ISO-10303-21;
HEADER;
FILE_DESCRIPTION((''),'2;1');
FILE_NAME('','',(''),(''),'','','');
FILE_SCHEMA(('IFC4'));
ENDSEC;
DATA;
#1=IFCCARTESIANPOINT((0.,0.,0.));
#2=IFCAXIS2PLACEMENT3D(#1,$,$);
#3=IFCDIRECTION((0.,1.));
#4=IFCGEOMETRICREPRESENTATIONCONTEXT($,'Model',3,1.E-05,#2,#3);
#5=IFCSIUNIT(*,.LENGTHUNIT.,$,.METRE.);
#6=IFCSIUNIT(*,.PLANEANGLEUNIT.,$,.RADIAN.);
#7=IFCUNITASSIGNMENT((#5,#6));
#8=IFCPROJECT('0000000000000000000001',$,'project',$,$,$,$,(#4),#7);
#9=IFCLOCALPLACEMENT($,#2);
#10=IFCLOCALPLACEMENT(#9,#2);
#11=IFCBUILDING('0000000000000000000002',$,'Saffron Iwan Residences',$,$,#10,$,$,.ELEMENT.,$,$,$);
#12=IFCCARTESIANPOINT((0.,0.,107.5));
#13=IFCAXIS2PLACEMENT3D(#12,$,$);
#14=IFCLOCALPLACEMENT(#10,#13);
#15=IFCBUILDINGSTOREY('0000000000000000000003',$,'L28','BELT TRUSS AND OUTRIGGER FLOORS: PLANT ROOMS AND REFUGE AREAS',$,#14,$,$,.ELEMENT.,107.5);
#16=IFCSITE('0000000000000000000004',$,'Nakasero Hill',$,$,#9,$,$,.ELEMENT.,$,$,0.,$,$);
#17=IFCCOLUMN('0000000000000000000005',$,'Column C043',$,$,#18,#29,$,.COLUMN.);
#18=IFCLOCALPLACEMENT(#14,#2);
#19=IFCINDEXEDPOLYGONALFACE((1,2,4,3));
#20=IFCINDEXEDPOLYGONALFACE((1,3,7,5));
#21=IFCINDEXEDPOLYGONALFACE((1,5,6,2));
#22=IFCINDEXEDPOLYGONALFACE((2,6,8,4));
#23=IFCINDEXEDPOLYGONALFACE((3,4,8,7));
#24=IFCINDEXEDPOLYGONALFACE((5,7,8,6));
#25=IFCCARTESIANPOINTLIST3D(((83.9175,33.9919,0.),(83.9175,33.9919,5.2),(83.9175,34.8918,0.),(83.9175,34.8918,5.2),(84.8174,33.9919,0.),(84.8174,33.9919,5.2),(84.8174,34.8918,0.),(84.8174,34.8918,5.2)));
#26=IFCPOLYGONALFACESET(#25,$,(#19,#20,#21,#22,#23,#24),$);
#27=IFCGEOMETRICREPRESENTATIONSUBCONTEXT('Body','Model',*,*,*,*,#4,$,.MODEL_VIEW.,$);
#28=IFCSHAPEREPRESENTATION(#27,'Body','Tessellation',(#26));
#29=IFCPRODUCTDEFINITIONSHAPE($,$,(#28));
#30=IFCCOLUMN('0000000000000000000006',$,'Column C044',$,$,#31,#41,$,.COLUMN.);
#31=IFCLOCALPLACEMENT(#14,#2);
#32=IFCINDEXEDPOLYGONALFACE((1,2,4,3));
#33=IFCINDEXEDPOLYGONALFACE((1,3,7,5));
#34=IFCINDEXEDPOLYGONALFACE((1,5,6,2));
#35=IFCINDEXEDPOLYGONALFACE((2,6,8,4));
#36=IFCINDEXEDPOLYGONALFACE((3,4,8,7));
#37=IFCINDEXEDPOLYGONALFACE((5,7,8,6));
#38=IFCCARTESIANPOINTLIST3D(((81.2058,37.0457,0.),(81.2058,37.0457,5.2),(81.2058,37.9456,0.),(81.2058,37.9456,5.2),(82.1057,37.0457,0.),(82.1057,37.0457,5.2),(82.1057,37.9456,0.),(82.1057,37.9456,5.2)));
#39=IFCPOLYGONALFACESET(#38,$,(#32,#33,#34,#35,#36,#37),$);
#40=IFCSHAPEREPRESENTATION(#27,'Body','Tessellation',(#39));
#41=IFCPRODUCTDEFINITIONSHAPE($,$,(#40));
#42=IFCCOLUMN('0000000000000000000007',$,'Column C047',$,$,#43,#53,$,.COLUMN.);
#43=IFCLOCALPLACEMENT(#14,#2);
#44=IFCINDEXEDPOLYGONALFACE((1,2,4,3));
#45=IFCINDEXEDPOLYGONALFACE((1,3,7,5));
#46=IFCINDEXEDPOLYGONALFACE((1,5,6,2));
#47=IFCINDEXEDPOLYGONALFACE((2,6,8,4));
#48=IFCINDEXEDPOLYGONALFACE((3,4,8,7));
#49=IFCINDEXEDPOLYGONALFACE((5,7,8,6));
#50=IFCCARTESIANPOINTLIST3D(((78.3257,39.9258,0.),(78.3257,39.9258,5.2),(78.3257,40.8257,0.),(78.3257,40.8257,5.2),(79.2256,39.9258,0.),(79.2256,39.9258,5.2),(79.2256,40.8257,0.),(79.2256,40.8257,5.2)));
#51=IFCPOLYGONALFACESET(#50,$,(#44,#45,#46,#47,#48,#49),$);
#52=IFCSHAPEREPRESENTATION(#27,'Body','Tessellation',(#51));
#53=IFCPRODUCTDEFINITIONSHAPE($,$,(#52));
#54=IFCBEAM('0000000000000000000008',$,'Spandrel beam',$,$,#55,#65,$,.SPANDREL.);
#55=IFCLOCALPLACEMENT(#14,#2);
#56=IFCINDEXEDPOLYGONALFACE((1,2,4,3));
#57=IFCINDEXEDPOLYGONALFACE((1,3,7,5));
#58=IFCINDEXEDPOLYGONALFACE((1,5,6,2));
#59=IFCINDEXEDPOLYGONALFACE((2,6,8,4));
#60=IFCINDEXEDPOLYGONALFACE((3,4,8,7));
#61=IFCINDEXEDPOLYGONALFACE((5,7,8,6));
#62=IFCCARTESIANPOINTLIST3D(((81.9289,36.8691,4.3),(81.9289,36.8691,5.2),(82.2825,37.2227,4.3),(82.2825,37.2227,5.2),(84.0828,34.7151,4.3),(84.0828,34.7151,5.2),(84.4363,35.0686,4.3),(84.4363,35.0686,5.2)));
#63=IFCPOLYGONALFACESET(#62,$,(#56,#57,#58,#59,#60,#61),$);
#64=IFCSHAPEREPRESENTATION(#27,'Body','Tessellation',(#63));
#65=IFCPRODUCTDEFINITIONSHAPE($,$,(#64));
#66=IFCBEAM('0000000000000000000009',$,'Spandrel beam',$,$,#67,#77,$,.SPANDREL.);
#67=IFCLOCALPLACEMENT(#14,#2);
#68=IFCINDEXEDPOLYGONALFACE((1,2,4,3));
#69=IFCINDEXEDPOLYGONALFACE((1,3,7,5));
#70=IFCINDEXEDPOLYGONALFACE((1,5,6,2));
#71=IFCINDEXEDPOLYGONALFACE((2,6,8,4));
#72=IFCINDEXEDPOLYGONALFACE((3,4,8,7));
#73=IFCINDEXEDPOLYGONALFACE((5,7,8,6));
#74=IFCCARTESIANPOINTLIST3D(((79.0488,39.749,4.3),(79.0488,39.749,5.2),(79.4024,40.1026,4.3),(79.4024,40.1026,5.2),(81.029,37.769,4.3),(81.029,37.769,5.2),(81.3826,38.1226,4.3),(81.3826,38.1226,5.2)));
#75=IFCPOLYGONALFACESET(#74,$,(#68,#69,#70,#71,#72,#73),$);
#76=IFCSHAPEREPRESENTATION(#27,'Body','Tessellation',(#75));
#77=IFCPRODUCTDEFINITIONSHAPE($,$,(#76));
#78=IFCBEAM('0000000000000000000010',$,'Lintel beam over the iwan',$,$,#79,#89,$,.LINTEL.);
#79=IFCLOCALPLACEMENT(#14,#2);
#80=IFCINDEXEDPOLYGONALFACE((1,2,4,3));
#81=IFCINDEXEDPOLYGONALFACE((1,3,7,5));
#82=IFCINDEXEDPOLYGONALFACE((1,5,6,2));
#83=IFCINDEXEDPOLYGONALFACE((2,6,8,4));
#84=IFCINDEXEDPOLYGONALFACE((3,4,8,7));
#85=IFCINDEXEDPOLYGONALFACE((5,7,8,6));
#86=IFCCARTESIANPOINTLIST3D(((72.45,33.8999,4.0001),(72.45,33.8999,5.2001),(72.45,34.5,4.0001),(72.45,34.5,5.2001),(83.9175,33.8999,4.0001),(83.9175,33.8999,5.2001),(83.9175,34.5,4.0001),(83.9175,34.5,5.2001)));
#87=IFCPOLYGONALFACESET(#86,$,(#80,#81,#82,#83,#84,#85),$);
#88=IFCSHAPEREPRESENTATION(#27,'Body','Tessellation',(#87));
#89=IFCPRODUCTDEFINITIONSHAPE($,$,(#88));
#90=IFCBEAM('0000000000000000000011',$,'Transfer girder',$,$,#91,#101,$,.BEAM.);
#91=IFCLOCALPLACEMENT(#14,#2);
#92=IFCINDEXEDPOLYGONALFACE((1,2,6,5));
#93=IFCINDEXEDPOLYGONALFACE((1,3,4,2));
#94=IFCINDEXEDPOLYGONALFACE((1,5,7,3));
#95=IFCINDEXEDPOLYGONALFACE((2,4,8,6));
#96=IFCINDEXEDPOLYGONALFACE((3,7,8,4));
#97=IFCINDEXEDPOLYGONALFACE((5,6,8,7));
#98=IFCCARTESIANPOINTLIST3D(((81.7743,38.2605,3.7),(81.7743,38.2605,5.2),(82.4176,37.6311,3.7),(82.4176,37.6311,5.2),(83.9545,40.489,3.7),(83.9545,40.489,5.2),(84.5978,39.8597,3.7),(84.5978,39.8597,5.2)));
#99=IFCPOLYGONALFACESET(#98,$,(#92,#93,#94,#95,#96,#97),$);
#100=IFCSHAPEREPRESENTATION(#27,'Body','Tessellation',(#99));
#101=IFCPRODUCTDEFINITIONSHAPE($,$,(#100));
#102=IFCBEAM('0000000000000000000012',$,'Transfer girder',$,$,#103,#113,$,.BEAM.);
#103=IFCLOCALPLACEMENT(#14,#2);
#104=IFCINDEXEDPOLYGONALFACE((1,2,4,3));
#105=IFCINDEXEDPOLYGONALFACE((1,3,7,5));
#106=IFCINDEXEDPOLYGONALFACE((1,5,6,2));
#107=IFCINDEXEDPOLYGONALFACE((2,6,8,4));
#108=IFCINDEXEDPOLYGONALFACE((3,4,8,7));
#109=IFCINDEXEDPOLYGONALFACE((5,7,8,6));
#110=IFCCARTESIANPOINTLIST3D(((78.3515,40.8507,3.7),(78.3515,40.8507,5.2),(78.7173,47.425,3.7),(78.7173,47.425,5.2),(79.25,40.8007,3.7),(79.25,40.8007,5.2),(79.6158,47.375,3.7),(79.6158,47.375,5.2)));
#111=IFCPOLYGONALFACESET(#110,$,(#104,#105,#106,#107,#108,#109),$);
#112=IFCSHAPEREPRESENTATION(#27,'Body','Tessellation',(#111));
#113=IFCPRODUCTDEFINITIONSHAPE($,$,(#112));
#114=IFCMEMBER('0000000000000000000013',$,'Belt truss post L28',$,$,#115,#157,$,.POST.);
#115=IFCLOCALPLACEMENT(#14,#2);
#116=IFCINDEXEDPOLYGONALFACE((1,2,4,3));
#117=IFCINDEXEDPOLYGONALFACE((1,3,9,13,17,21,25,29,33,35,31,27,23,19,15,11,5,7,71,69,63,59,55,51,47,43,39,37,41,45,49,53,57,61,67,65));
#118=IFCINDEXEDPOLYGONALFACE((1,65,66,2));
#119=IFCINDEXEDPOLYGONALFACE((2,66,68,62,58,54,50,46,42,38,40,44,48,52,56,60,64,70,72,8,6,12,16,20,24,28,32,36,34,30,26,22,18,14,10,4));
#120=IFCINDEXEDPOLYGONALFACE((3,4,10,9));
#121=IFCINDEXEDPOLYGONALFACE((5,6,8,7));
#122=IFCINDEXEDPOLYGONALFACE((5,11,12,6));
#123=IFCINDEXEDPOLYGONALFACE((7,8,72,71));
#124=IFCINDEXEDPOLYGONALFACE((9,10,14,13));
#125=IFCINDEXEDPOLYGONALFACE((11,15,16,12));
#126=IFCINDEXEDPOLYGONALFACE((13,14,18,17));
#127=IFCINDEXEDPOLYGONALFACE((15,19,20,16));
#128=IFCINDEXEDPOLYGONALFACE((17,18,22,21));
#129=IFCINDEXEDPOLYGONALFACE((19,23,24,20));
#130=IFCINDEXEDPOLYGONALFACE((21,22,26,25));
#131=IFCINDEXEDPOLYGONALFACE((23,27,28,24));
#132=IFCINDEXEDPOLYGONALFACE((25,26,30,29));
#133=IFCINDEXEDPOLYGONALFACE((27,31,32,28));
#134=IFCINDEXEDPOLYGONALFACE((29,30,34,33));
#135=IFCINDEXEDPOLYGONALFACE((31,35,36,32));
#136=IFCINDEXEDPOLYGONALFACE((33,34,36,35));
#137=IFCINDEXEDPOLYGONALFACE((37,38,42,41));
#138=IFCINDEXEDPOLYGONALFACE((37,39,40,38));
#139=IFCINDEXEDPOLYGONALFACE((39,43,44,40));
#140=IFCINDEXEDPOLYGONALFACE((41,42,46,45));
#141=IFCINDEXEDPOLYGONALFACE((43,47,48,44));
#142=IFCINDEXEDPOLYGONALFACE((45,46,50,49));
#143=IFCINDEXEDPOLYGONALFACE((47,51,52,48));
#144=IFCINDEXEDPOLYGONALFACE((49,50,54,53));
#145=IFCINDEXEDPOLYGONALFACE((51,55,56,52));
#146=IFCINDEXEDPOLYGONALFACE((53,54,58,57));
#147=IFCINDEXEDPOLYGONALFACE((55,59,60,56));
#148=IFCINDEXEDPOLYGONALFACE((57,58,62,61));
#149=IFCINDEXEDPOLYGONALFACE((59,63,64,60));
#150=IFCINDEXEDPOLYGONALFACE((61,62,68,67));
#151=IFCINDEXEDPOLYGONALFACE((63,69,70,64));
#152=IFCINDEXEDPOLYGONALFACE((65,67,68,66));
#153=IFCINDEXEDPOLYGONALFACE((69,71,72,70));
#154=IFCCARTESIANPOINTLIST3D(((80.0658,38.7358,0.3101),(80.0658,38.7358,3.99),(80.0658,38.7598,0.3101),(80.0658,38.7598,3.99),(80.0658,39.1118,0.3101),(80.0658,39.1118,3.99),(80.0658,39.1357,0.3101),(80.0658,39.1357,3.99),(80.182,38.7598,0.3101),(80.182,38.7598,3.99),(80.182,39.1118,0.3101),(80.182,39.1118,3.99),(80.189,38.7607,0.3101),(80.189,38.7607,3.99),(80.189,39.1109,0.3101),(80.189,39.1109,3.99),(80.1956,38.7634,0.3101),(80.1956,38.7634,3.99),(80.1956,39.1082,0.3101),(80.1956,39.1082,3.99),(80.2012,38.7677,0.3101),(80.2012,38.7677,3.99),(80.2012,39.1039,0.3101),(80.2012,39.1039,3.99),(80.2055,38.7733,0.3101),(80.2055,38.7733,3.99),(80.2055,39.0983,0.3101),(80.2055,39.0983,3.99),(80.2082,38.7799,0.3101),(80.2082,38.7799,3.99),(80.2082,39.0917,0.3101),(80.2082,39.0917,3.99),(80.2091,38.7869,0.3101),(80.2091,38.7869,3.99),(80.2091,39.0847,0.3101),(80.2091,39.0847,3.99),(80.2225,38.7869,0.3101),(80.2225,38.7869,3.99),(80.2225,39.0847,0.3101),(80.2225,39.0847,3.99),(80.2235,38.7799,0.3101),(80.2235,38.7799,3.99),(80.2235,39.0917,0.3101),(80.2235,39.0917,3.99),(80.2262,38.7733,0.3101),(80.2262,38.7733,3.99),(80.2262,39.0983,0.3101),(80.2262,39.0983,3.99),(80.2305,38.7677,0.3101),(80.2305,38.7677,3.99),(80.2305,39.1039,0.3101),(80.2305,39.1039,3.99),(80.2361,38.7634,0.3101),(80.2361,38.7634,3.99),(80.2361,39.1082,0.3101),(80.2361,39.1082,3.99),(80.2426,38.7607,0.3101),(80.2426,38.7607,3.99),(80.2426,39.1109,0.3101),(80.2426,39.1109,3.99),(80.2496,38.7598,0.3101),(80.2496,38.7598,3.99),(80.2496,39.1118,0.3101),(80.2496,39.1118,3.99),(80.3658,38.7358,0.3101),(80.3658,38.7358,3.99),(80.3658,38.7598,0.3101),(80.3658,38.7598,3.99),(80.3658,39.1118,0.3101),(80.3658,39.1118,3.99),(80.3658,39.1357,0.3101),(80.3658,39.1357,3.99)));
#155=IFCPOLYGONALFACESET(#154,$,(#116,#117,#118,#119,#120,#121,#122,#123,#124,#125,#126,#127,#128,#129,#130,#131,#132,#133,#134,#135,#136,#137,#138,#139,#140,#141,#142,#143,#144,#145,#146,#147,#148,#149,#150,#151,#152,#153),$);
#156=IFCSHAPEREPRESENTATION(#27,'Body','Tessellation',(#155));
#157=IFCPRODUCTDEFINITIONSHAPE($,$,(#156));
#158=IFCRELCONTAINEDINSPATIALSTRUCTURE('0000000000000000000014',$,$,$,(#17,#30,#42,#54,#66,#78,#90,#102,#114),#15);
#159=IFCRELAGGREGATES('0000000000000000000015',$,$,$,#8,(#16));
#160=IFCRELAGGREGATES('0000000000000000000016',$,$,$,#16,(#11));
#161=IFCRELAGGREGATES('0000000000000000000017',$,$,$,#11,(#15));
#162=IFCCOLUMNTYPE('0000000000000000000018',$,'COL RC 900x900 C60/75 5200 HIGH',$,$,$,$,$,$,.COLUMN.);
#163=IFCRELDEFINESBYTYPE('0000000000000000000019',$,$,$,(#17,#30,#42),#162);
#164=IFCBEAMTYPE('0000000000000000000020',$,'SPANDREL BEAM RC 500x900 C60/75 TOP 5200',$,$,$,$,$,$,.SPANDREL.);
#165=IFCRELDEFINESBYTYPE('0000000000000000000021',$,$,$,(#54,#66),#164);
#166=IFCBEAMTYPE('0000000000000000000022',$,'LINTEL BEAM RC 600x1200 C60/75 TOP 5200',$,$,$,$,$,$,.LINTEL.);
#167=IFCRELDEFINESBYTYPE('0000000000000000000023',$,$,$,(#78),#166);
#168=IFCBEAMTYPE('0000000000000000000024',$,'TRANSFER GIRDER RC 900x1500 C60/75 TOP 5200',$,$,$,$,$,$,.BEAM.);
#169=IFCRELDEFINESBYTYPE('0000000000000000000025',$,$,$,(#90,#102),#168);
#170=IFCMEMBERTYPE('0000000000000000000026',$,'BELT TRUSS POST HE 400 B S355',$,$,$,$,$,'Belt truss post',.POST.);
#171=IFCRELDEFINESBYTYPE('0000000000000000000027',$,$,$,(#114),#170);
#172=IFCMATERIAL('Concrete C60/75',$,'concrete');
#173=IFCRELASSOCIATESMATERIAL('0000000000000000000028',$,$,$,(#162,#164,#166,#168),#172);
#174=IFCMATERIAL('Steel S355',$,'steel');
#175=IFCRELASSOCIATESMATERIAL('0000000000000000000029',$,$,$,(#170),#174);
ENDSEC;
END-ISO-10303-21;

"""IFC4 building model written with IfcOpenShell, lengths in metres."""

from ifc_helpers import new_model, si_unit, direction, frame, origin, origin_2d, place, context, subcontext, project, spatial, rectangle, i_section, extrude, source, transform, mapped, material, material_profile, profile_set, type_object, element, save


model = new_model("IFC4")

# Units and contexts
model_context = context("Model", 3, precision=1e-05, world=origin(), true_north=direction((0.0, 1.0)))
body_context = subcontext(model_context, "Body", "Model", "MODEL_VIEW")
ifc_project = project(units=[si_unit("LENGTHUNIT", "METRE"), si_unit("PLANEANGLEUNIT", "RADIAN")], contexts=[model_context])

# Site, building, storey
site_placement = place(None, origin())
site = spatial("IfcSite", under=ifc_project, at=site_placement, Name="Nakasero Hill", CompositionType="ELEMENT", RefElevation=0.0)
building_placement = place(site_placement, origin())
building = spatial("IfcBuilding", under=site, at=building_placement, Name="Saffron Iwan Residences", CompositionType="ELEMENT")
storey_placement = place(building_placement, frame((0.0, 0.0, 107.5)))
storey = spatial("IfcBuildingStorey", under=building, at=storey_placement, Name="L28", Description="BELT TRUSS AND OUTRIGGER FLOORS: PLANT ROOMS AND REFUGE AREAS", CompositionType="ELEMENT", Elevation=107.5)

# Columns
ifc_material_1 = material(Name="Concrete C60/75", Category="concrete")
ifc_material_profile_1 = material_profile(ifc_material_1, rectangle(XDim=0.8999, YDim=0.8999, at=origin_2d()), Name="RC 900x900")
ifc_profile_set_1 = profile_set([ifc_material_profile_1], Name="Concrete C60/75")
column_type = type_object("IfcColumnType", Name="COL RC 900x900 C60/75 5200 HIGH", PredefinedType="COLUMN", material=ifc_profile_set_1)
shared_shape_1 = source(origin(), body_context, "Body", "SweptSolid", [
    extrude(rectangle(XDim=0.8999, YDim=0.8999, at=origin_2d()), origin(), (0.0, 0.0, 1.0), 5.2),
])
for number, where, z_axis, x_axis, name in (
    (1, (84.3674, 34.4419, 0.0), (0.0, 0.0, 1.0), (1.0, 0.0, 0.0), "Column C043"),
    (2, (81.6558, 37.4956, 0.0), (0.0, 0.0, 1.0), (1.0, 0.0, 0.0), "Column C044"),
    (3, (78.7756, 40.3757, 0.0), (0.0, 0.0, 1.0), (1.0, 0.0, 0.0), "Column C047"),
):
    element("IfcColumn", number, at=place(storey_placement, frame(where, z_axis=z_axis, x_axis=x_axis)), inside=storey, type_object=column_type, Name=name, PredefinedType="COLUMN", context=body_context, shape_type="MappedRepresentation", body=[
        mapped(shared_shape_1, transform((0.0, 0.0, 0.0))),
    ])

# Beams
ifc_material_profile_2 = material_profile(ifc_material_1, rectangle(XDim=0.5, YDim=0.8999, at=origin_2d()), Name="RC 500x900")
ifc_profile_set_2 = profile_set([ifc_material_profile_2], Name="Concrete C60/75")
beam_type_1 = type_object("IfcBeamType", Name="SPANDREL BEAM RC 500x900 C60/75 TOP 5200", PredefinedType="SPANDREL", material=ifc_profile_set_2)
shared_shape_2 = source(origin(), body_context, "Body", "SweptSolid", [
    extrude(rectangle(XDim=0.5, YDim=0.8999, at=origin_2d()), origin(), (0.0, 0.0, 1.0), 3.0461),
])
beam_1_placement = place(storey_placement, frame((82.1057, 37.0459, 4.75), z_axis=(0.707067, -0.707147, 0.0), x_axis=(0.707147, 0.707067, 0.0)))
element("IfcBeam", 4, at=beam_1_placement, inside=storey, type_object=beam_type_1, Name="Spandrel beam", PredefinedType="SPANDREL", context=body_context, shape_type="MappedRepresentation", body=[
    mapped(shared_shape_2, transform((0.0, 0.0, 0.0))),
])
shared_shape_3 = source(origin(), body_context, "Body", "SweptSolid", [
    extrude(rectangle(XDim=0.5, YDim=0.8999, at=origin_2d()), origin(), (0.0, 0.0, 1.0), 2.8003),
])
beam_2_placement = place(storey_placement, frame((79.2256, 39.9258, 4.75), z_axis=(0.70715, -0.707063, 0.0), x_axis=(0.707063, 0.70715, 0.0)))
element("IfcBeam", 5, at=beam_2_placement, inside=storey, type_object=beam_type_1, Name="Spandrel beam", PredefinedType="SPANDREL", context=body_context, shape_type="MappedRepresentation", body=[
    mapped(shared_shape_3, transform((0.0, 0.0, 0.0))),
])
ifc_material_profile_3 = material_profile(ifc_material_1, rectangle(XDim=0.6001, YDim=1.2, at=origin_2d()), Name="RC 600x1200")
ifc_profile_set_3 = profile_set([ifc_material_profile_3], Name="Concrete C60/75")
beam_type_2 = type_object("IfcBeamType", Name="LINTEL BEAM RC 600x1200 C60/75 TOP 5200", PredefinedType="LINTEL", material=ifc_profile_set_3)
shared_shape_4 = source(origin(), body_context, "Body", "SweptSolid", [
    extrude(rectangle(XDim=0.6001, YDim=1.2, at=origin_2d()), origin(), (0.0, 0.0, 1.0), 11.4675),
])
beam_3_placement = place(storey_placement, frame((83.9175, 34.2, 4.6001), z_axis=(-1.0, 0.0, 0.0), x_axis=(0.0, -1.0, 0.0)))
element("IfcBeam", 6, at=beam_3_placement, inside=storey, type_object=beam_type_2, Name="Lintel beam over the iwan", PredefinedType="LINTEL", context=body_context, shape_type="MappedRepresentation", body=[
    mapped(shared_shape_4, transform((0.0, 0.0, 0.0))),
])
ifc_material_profile_4 = material_profile(ifc_material_1, rectangle(XDim=0.8999, YDim=1.5, at=origin_2d()), Name="RC 900x1500")
ifc_profile_set_4 = profile_set([ifc_material_profile_4], Name="Concrete C60/75")
beam_type_3 = type_object("IfcBeamType", Name="TRANSFER GIRDER RC 900x1500 C60/75 TOP 5200", PredefinedType="BEAM", material=ifc_profile_set_4)
shared_shape_5 = source(origin(), body_context, "Body", "SweptSolid", [
    extrude(rectangle(XDim=0.8999, YDim=1.5, at=origin_2d()), origin(), (0.0, 0.0, 1.0), 3.1177),
])
beam_4_placement = place(storey_placement, frame((82.0959, 37.9458, 4.45), z_axis=(0.699312, 0.714817, 0.0), x_axis=(-0.714817, 0.699312, 0.0)))
element("IfcBeam", 7, at=beam_4_placement, inside=storey, type_object=beam_type_3, Name="Transfer girder", PredefinedType="BEAM", context=body_context, shape_type="MappedRepresentation", body=[
    mapped(shared_shape_5, transform((0.0, 0.0, 0.0))),
])
shared_shape_6 = source(origin(), body_context, "Body", "SweptSolid", [
    extrude(rectangle(XDim=0.8999, YDim=1.5, at=origin_2d()), origin(), (0.0, 0.0, 1.0), 6.5845),
])
beam_5_placement = place(storey_placement, frame((78.8008, 40.8257, 4.45), z_axis=(0.055544, 0.998456, 0.0), x_axis=(-0.998456, 0.055544, 0.0)))
element("IfcBeam", 8, at=beam_5_placement, inside=storey, type_object=beam_type_3, Name="Transfer girder", PredefinedType="BEAM", context=body_context, shape_type="MappedRepresentation", body=[
    mapped(shared_shape_6, transform((0.0, 0.0, 0.0))),
])

# Member
ifc_material_2 = material(Name="Steel S355", Category="steel")
ifc_material_profile_5 = material_profile(ifc_material_2, i_section(OverallWidth=0.3, OverallDepth=0.3999, WebThickness=0.0134, FlangeThickness=0.0239, FilletRadius=0.0271, at=origin_2d()), Name="HE 400 B")
ifc_profile_set_5 = profile_set([ifc_material_profile_5], Name="Steel S355")
member_type_1 = type_object("IfcMemberType", Name="BELT TRUSS POST HE 400 B S355", ElementType="Belt truss post", PredefinedType="POST", material=ifc_profile_set_5)
shared_shape_7 = source(origin(), body_context, "Body", "SweptSolid", [
    extrude(i_section(OverallWidth=0.3, OverallDepth=0.3999, WebThickness=0.0134, FlangeThickness=0.0239, FilletRadius=0.0271, at=origin_2d()), origin(), (0.0, 0.0, 1.0), 3.6799),
])
for number, where, z_axis, x_axis, name in (
    (9, (80.2158, 38.9358, 0.3101), (0.0, 0.0, 1.0), (1.0, 0.0, 0.0), "Belt truss post L28"),
):
    element("IfcMember", number, at=place(storey_placement, frame(where, z_axis=z_axis, x_axis=x_axis)), inside=storey, type_object=member_type_1, Name=name, PredefinedType="POST", context=body_context, shape_type="MappedRepresentation", body=[
        mapped(shared_shape_7, transform((0.0, 0.0, 0.0))),
    ])

save(model, "model.ifc")
